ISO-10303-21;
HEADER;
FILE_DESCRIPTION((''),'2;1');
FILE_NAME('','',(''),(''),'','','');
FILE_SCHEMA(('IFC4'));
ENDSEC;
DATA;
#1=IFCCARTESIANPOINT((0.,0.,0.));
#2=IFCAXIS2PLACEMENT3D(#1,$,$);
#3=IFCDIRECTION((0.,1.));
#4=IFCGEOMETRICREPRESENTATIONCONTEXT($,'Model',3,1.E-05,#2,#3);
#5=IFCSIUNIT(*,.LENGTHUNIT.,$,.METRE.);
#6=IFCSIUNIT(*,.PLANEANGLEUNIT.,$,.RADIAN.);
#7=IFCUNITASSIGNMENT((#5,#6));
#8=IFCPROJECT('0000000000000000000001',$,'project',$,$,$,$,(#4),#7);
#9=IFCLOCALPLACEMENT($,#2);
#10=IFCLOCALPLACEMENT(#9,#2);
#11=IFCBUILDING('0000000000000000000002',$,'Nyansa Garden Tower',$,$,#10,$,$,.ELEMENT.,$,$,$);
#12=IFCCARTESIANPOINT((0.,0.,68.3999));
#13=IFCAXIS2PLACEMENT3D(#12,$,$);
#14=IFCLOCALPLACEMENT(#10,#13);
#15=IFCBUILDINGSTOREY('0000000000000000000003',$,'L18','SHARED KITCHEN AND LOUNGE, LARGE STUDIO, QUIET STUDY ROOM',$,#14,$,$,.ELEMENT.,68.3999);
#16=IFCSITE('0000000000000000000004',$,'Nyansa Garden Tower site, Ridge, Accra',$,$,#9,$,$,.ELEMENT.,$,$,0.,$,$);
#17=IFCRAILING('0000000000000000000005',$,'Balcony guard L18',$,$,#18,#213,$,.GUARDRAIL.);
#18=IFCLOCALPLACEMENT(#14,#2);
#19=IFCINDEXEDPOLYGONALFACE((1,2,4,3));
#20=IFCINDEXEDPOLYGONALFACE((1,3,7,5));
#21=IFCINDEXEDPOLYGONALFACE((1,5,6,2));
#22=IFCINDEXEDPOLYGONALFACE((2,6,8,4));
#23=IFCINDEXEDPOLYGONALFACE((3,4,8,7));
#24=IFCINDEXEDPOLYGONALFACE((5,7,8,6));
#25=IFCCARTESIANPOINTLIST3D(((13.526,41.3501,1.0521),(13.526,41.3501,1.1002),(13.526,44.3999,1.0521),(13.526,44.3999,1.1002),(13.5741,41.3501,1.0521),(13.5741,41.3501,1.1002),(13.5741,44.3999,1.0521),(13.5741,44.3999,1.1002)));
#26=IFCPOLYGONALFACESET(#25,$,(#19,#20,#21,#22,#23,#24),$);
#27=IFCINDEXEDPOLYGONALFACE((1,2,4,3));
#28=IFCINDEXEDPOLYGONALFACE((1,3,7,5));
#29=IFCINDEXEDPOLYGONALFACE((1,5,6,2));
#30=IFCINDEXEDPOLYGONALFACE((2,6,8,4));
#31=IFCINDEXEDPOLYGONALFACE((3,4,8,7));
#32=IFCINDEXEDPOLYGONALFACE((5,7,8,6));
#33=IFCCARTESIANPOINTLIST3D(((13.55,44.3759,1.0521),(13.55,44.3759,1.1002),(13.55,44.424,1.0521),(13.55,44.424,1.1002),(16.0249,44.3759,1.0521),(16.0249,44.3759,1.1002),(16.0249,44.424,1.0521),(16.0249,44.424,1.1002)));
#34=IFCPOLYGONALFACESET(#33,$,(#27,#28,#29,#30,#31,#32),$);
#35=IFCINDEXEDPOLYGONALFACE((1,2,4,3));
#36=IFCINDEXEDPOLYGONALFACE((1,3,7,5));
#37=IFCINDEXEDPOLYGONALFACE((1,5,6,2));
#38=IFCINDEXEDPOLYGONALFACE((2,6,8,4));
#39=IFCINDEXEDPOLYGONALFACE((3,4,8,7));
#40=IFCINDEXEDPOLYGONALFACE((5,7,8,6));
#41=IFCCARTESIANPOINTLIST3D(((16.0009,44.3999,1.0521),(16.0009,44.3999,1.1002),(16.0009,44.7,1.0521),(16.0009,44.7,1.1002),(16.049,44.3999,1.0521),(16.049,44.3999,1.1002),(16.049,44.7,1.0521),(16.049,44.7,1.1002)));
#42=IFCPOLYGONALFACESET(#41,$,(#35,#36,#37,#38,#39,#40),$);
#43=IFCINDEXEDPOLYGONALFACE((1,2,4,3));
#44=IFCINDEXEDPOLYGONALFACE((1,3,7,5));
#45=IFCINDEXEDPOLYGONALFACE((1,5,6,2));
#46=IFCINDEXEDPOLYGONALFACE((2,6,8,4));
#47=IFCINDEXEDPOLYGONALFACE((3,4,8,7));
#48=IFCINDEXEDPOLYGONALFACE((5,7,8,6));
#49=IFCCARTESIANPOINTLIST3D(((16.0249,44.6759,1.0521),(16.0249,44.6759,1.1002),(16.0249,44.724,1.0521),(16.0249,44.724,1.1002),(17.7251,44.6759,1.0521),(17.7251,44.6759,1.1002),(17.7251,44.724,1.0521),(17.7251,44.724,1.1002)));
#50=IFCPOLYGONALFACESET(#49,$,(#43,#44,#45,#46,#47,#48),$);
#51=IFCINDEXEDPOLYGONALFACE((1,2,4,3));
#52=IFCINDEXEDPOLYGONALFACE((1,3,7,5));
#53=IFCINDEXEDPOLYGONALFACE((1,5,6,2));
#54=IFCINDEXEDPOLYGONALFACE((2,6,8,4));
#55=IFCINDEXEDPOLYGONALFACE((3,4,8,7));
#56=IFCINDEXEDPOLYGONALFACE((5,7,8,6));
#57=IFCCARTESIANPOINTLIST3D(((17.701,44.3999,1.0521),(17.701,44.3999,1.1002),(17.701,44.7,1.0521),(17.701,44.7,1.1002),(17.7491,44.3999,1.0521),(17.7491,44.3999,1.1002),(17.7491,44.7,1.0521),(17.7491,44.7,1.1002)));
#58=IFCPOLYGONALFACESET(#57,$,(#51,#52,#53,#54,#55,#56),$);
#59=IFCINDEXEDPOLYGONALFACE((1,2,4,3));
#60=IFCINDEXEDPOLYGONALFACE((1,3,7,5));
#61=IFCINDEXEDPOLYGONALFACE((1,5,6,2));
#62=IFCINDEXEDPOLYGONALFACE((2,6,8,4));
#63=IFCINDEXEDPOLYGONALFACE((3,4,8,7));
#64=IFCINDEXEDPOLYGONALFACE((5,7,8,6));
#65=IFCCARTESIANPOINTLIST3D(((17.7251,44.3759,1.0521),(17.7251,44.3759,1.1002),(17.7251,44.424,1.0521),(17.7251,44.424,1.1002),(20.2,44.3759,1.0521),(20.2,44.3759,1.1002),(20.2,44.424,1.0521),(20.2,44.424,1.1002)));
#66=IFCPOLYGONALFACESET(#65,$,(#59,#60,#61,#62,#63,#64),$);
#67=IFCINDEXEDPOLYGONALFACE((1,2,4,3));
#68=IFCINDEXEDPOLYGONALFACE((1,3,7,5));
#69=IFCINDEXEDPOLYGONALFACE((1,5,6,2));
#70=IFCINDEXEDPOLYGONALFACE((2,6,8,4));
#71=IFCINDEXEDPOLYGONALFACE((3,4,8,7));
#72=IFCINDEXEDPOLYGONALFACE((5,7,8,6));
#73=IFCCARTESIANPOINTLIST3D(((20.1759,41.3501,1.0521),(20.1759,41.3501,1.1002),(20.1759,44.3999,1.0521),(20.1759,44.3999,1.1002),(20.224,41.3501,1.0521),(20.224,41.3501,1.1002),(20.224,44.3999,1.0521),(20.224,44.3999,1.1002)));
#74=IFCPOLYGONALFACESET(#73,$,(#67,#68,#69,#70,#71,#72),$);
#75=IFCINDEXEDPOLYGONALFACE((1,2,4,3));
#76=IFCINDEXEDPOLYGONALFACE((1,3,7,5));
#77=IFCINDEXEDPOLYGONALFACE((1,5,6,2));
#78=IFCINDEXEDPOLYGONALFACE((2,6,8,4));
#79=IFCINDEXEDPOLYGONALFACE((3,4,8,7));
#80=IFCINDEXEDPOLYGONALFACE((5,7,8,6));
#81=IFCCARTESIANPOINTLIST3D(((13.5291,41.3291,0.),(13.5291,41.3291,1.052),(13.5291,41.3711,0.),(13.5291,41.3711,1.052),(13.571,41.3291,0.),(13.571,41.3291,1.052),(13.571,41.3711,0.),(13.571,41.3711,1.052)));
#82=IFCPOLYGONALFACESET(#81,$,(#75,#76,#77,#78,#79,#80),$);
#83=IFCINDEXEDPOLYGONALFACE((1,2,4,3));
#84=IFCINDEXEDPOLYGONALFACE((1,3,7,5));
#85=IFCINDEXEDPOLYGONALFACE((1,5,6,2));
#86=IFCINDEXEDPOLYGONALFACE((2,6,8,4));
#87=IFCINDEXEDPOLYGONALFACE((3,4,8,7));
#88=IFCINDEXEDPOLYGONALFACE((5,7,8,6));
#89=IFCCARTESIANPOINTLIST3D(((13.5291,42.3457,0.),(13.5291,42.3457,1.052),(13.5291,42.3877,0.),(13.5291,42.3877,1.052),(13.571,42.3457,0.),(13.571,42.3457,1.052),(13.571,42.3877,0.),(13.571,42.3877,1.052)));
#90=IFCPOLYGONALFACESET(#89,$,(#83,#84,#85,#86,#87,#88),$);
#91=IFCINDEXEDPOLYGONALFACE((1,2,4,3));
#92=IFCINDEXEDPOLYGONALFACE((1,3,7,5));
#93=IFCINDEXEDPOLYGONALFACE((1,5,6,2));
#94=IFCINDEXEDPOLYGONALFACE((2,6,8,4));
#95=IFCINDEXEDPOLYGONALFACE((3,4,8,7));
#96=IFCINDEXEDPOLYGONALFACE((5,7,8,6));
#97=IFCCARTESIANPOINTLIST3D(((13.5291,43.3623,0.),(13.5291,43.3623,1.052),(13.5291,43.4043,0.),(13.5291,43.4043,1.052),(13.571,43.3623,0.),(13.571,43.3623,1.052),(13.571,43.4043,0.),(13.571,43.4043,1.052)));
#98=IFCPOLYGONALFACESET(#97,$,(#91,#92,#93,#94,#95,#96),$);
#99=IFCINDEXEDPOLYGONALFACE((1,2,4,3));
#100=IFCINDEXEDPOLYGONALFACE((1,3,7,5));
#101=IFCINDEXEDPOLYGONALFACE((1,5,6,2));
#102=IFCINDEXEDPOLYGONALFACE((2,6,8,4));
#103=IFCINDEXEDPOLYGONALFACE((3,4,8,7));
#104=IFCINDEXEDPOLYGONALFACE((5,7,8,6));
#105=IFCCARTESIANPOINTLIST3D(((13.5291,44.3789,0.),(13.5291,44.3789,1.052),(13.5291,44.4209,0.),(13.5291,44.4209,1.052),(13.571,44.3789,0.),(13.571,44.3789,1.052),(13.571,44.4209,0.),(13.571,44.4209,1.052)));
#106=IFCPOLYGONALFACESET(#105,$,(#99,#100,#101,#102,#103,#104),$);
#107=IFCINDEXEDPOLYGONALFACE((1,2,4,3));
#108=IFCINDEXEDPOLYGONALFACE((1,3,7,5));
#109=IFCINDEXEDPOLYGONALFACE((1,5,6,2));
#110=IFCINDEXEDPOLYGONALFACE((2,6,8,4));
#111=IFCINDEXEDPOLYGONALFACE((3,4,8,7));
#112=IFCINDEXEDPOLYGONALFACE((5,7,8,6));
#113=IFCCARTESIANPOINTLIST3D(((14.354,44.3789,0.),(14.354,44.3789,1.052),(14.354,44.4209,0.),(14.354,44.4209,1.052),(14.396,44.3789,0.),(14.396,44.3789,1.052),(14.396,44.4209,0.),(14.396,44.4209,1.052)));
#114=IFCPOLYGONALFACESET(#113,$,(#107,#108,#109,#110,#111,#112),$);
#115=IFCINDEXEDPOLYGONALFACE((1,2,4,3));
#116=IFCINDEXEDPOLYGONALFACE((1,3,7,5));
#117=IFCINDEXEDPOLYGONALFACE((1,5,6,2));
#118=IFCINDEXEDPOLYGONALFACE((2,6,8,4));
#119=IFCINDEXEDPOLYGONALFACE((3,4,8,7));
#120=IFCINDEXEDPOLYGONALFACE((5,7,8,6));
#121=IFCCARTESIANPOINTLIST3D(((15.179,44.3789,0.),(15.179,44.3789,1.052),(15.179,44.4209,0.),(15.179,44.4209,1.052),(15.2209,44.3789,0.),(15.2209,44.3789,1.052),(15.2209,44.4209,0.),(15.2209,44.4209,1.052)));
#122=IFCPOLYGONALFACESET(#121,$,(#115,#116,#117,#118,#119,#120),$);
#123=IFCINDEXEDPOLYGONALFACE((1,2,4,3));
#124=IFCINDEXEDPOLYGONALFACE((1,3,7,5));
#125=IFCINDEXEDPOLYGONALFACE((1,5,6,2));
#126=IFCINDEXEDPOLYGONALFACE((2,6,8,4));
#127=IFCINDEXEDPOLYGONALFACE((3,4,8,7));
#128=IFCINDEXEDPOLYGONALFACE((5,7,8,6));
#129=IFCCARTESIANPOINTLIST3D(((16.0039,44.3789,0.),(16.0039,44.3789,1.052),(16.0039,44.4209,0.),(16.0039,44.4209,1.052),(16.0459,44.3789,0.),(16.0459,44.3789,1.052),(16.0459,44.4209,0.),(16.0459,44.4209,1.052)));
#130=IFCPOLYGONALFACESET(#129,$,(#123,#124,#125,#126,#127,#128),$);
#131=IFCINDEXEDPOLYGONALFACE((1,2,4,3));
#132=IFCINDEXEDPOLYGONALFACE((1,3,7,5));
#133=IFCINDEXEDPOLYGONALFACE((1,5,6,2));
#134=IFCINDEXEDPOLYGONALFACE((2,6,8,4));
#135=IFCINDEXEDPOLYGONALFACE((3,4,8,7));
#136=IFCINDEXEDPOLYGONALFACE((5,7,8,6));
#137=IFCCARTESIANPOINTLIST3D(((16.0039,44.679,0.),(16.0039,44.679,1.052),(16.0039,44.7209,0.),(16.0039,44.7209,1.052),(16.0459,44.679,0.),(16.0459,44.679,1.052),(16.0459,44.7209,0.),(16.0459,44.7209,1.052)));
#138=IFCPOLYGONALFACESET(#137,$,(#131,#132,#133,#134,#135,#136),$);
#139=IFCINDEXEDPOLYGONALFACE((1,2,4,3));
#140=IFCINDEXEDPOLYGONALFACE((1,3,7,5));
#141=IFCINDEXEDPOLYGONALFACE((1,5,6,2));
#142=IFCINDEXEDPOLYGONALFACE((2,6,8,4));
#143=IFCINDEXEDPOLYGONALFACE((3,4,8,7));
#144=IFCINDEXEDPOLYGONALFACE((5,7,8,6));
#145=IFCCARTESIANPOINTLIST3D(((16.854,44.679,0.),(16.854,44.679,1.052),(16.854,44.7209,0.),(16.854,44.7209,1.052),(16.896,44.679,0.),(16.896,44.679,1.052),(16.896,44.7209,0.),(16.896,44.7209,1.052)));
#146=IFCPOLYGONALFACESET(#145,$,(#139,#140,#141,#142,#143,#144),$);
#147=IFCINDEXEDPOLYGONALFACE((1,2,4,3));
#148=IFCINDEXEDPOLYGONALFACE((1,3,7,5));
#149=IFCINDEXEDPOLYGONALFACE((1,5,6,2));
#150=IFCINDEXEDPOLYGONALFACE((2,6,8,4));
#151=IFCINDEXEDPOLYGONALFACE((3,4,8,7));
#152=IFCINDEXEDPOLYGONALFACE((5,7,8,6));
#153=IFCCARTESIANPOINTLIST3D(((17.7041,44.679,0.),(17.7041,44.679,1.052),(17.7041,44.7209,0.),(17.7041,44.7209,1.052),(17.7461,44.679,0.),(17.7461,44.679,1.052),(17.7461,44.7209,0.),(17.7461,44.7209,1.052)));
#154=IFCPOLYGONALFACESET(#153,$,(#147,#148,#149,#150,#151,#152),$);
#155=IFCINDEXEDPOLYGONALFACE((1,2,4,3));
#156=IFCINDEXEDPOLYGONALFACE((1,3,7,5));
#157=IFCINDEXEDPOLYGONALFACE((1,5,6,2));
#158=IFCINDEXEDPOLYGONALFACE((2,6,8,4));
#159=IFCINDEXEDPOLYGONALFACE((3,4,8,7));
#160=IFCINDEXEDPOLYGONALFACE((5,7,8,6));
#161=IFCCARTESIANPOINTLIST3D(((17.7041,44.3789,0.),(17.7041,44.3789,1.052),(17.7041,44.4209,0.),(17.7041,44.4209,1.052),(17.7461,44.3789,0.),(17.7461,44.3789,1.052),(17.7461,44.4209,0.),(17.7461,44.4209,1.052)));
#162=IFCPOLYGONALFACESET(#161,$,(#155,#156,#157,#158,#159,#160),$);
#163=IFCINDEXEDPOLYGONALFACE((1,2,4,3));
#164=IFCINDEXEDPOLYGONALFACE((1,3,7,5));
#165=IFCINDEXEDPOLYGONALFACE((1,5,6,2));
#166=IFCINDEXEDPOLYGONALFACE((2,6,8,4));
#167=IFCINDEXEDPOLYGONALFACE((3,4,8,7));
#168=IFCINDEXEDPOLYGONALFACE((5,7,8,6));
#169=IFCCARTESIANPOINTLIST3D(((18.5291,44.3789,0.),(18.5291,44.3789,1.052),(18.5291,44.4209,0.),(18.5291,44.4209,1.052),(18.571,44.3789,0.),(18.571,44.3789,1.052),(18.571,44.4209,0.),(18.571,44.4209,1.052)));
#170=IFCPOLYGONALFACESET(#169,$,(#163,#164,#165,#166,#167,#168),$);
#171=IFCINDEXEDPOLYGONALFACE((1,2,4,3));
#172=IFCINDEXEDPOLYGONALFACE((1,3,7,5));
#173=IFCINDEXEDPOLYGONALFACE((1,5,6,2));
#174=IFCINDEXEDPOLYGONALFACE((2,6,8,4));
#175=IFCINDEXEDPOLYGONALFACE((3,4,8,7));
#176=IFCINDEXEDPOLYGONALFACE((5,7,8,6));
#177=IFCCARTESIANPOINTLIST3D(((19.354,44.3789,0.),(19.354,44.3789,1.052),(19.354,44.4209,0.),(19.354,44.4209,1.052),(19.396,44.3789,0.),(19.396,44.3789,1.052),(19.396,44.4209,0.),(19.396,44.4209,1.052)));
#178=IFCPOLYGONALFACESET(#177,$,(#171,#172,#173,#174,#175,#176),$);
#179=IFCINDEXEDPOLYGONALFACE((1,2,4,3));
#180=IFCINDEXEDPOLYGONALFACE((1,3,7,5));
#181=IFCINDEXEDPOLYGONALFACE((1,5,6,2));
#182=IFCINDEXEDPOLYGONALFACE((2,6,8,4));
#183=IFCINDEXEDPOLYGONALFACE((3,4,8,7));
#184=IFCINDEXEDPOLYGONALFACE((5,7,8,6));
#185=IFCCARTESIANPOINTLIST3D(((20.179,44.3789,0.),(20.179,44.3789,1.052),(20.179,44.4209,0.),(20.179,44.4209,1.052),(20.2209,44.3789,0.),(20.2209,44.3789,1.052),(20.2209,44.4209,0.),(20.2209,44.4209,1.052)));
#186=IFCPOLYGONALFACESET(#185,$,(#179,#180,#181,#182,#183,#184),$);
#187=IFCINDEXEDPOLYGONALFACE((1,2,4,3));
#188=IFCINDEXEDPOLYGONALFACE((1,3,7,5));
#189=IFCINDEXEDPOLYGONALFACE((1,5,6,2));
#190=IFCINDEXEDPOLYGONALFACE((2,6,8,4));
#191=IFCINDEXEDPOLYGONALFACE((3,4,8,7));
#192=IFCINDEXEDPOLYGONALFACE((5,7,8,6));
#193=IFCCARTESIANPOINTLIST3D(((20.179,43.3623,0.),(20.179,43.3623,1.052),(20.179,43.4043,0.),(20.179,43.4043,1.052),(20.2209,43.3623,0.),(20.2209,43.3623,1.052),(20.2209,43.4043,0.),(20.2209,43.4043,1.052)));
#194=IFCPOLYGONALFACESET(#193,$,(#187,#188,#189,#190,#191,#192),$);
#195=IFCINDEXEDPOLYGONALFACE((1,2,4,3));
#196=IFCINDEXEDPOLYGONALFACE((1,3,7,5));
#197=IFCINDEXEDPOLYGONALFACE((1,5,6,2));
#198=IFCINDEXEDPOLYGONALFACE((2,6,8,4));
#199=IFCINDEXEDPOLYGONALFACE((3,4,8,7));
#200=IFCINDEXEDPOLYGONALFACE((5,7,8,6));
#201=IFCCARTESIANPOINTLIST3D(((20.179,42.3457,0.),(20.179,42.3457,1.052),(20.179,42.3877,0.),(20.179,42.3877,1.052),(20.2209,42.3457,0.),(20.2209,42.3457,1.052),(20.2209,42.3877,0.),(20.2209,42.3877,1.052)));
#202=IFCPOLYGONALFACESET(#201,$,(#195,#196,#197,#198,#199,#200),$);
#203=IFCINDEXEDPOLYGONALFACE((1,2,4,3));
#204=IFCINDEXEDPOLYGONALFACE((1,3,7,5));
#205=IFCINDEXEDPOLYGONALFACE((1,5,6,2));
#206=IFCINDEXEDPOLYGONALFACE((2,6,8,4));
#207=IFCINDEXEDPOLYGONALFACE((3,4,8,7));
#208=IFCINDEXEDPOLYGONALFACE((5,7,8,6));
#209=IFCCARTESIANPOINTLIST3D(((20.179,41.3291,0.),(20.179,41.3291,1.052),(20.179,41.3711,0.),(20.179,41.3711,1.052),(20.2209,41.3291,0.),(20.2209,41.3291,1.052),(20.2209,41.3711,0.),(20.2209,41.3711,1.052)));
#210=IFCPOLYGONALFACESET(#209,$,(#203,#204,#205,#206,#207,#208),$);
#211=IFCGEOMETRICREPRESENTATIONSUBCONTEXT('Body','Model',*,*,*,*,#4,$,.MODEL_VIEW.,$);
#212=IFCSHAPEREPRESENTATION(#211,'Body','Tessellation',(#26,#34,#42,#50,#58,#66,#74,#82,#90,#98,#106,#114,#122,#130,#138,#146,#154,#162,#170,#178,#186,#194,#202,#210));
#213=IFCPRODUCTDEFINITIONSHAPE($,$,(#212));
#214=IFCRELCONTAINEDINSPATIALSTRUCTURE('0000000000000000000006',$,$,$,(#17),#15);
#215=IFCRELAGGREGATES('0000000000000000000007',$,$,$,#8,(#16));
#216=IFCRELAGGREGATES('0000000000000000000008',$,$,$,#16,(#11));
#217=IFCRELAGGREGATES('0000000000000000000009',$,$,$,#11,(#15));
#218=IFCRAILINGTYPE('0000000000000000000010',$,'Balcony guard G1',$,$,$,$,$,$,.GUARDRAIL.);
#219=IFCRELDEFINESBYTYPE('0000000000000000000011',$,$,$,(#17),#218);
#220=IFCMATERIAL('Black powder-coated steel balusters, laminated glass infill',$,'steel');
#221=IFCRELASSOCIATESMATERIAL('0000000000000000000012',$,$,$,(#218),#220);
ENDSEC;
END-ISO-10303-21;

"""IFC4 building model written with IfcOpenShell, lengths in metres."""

from ifc_helpers import new_model, si_unit, direction, frame, origin, origin_2d, place, context, subcontext, project, spatial, rectangle, extrude, material, type_object, element, save


model = new_model("IFC4")

# Units and contexts
model_context = context("Model", 3, precision=1e-05, world=origin(), true_north=direction((0.0, 1.0)))
body_context = subcontext(model_context, "Body", "Model", "MODEL_VIEW")
ifc_project = project(units=[si_unit("LENGTHUNIT", "METRE"), si_unit("PLANEANGLEUNIT", "RADIAN")], contexts=[model_context])

# Site, building, storey
site_placement = place(None, origin())
site = spatial("IfcSite", under=ifc_project, at=site_placement, Name="Nyansa Garden Tower site, Ridge, Accra", CompositionType="ELEMENT", RefElevation=0.0)
building_placement = place(site_placement, origin())
building = spatial("IfcBuilding", under=site, at=building_placement, Name="Nyansa Garden Tower", CompositionType="ELEMENT")
storey_placement = place(building_placement, frame((0.0, 0.0, 68.3999)))
storey = spatial("IfcBuildingStorey", under=building, at=storey_placement, Name="L18", Description="SHARED KITCHEN AND LOUNGE, LARGE STUDIO, QUIET STUDY ROOM", CompositionType="ELEMENT", Elevation=68.3999)

# Railing
ifc_material_1 = material(Name="Black powder-coated steel balusters, laminated glass infill", Category="steel")
railing_type = type_object("IfcRailingType", Name="Balcony guard G1", PredefinedType="GUARDRAIL", material=ifc_material_1)
railing_placement = place(storey_placement, frame((13.55, 41.3501, 0.0)))
element("IfcRailing", 1, at=railing_placement, inside=storey, type_object=railing_type, Name="Balcony guard L18", PredefinedType="GUARDRAIL", context=body_context, shape_type="SweptSolid", body=[
    extrude(rectangle(XDim=0.0481, YDim=0.0481, at=origin_2d()), frame((0.0, 0.0, 1.0762), z_axis=(0.0, 1.0, 0.0), x_axis=(-1.0, 0.0, 0.0)), (0.0, 0.0, 1.0), 3.0498),
    extrude(rectangle(XDim=0.0481, YDim=0.0481, at=origin_2d()), frame((0.0, 3.0498, 1.0762), z_axis=(1.0, 0.0, 0.0), x_axis=(0.0, 1.0, 0.0)), (0.0, 0.0, 1.0), 2.4749),
    extrude(rectangle(XDim=0.0481, YDim=0.0481, at=origin_2d()), frame((2.4749, 3.0498, 1.0762), z_axis=(0.0, 1.0, 0.0), x_axis=(-1.0, 0.0, 0.0)), (0.0, 0.0, 1.0), 0.3),
    extrude(rectangle(XDim=0.0481, YDim=0.0481, at=origin_2d()), frame((2.4749, 3.3499, 1.0762), z_axis=(1.0, 0.0, 0.0), x_axis=(0.0, 1.0, 0.0)), (0.0, 0.0, 1.0), 1.7002),
    extrude(rectangle(XDim=0.0481, YDim=0.0481, at=origin_2d()), frame((4.175, 3.3499, 1.0762), z_axis=(0.0, -1.0, 0.0), x_axis=(1.0, 0.0, 0.0)), (0.0, 0.0, 1.0), 0.3),
    extrude(rectangle(XDim=0.0481, YDim=0.0481, at=origin_2d()), frame((4.175, 3.0498, 1.0762), z_axis=(1.0, 0.0, 0.0), x_axis=(0.0, 1.0, 0.0)), (0.0, 0.0, 1.0), 2.4749),
    extrude(rectangle(XDim=0.0481, YDim=0.0481, at=origin_2d()), frame((6.6499, 3.0498, 1.0762), z_axis=(0.0, -1.0, 0.0), x_axis=(1.0, 0.0, 0.0)), (0.0, 0.0, 1.0), 3.0498),
    extrude(rectangle(XDim=0.042, YDim=0.042, at=origin_2d()), origin(), (0.0, 0.0, 1.0), 1.052),
    extrude(rectangle(XDim=0.042, YDim=0.042, at=origin_2d()), frame((0.0, 1.0166, 0.0)), (0.0, 0.0, 1.0), 1.052),
    extrude(rectangle(XDim=0.042, YDim=0.042, at=origin_2d()), frame((0.0, 2.0332, 0.0)), (0.0, 0.0, 1.0), 1.052),
    extrude(rectangle(XDim=0.042, YDim=0.042, at=origin_2d()), frame((0.0, 3.0498, 0.0)), (0.0, 0.0, 1.0), 1.052),
    extrude(rectangle(XDim=0.042, YDim=0.042, at=origin_2d()), frame((0.825, 3.0498, 0.0)), (0.0, 0.0, 1.0), 1.052),
    extrude(rectangle(XDim=0.042, YDim=0.042, at=origin_2d()), frame((1.6499, 3.0498, 0.0)), (0.0, 0.0, 1.0), 1.052),
    extrude(rectangle(XDim=0.042, YDim=0.042, at=origin_2d()), frame((2.4749, 3.0498, 0.0)), (0.0, 0.0, 1.0), 1.052),
    extrude(rectangle(XDim=0.042, YDim=0.042, at=origin_2d()), frame((2.4749, 3.3499, 0.0)), (0.0, 0.0, 1.0), 1.052),
    extrude(rectangle(XDim=0.042, YDim=0.042, at=origin_2d()), frame((3.325, 3.3499, 0.0)), (0.0, 0.0, 1.0), 1.052),
    extrude(rectangle(XDim=0.042, YDim=0.042, at=origin_2d()), frame((4.175, 3.3499, 0.0)), (0.0, 0.0, 1.0), 1.052),
    extrude(rectangle(XDim=0.042, YDim=0.042, at=origin_2d()), frame((4.175, 3.0498, 0.0)), (0.0, 0.0, 1.0), 1.052),
    extrude(rectangle(XDim=0.042, YDim=0.042, at=origin_2d()), frame((5.0, 3.0498, 0.0)), (0.0, 0.0, 1.0), 1.052),
    extrude(rectangle(XDim=0.042, YDim=0.042, at=origin_2d()), frame((5.825, 3.0498, 0.0)), (0.0, 0.0, 1.0), 1.052),
    extrude(rectangle(XDim=0.042, YDim=0.042, at=origin_2d()), frame((6.6499, 3.0498, 0.0)), (0.0, 0.0, 1.0), 1.052),
    extrude(rectangle(XDim=0.042, YDim=0.042, at=origin_2d()), frame((6.6499, 2.0332, 0.0)), (0.0, 0.0, 1.0), 1.052),
    extrude(rectangle(XDim=0.042, YDim=0.042, at=origin_2d()), frame((6.6499, 1.0166, 0.0)), (0.0, 0.0, 1.0), 1.052),
    extrude(rectangle(XDim=0.042, YDim=0.042, at=origin_2d()), frame((6.6499, 0.0, 0.0)), (0.0, 0.0, 1.0), 1.052),
])

save(model, "model.ifc")
